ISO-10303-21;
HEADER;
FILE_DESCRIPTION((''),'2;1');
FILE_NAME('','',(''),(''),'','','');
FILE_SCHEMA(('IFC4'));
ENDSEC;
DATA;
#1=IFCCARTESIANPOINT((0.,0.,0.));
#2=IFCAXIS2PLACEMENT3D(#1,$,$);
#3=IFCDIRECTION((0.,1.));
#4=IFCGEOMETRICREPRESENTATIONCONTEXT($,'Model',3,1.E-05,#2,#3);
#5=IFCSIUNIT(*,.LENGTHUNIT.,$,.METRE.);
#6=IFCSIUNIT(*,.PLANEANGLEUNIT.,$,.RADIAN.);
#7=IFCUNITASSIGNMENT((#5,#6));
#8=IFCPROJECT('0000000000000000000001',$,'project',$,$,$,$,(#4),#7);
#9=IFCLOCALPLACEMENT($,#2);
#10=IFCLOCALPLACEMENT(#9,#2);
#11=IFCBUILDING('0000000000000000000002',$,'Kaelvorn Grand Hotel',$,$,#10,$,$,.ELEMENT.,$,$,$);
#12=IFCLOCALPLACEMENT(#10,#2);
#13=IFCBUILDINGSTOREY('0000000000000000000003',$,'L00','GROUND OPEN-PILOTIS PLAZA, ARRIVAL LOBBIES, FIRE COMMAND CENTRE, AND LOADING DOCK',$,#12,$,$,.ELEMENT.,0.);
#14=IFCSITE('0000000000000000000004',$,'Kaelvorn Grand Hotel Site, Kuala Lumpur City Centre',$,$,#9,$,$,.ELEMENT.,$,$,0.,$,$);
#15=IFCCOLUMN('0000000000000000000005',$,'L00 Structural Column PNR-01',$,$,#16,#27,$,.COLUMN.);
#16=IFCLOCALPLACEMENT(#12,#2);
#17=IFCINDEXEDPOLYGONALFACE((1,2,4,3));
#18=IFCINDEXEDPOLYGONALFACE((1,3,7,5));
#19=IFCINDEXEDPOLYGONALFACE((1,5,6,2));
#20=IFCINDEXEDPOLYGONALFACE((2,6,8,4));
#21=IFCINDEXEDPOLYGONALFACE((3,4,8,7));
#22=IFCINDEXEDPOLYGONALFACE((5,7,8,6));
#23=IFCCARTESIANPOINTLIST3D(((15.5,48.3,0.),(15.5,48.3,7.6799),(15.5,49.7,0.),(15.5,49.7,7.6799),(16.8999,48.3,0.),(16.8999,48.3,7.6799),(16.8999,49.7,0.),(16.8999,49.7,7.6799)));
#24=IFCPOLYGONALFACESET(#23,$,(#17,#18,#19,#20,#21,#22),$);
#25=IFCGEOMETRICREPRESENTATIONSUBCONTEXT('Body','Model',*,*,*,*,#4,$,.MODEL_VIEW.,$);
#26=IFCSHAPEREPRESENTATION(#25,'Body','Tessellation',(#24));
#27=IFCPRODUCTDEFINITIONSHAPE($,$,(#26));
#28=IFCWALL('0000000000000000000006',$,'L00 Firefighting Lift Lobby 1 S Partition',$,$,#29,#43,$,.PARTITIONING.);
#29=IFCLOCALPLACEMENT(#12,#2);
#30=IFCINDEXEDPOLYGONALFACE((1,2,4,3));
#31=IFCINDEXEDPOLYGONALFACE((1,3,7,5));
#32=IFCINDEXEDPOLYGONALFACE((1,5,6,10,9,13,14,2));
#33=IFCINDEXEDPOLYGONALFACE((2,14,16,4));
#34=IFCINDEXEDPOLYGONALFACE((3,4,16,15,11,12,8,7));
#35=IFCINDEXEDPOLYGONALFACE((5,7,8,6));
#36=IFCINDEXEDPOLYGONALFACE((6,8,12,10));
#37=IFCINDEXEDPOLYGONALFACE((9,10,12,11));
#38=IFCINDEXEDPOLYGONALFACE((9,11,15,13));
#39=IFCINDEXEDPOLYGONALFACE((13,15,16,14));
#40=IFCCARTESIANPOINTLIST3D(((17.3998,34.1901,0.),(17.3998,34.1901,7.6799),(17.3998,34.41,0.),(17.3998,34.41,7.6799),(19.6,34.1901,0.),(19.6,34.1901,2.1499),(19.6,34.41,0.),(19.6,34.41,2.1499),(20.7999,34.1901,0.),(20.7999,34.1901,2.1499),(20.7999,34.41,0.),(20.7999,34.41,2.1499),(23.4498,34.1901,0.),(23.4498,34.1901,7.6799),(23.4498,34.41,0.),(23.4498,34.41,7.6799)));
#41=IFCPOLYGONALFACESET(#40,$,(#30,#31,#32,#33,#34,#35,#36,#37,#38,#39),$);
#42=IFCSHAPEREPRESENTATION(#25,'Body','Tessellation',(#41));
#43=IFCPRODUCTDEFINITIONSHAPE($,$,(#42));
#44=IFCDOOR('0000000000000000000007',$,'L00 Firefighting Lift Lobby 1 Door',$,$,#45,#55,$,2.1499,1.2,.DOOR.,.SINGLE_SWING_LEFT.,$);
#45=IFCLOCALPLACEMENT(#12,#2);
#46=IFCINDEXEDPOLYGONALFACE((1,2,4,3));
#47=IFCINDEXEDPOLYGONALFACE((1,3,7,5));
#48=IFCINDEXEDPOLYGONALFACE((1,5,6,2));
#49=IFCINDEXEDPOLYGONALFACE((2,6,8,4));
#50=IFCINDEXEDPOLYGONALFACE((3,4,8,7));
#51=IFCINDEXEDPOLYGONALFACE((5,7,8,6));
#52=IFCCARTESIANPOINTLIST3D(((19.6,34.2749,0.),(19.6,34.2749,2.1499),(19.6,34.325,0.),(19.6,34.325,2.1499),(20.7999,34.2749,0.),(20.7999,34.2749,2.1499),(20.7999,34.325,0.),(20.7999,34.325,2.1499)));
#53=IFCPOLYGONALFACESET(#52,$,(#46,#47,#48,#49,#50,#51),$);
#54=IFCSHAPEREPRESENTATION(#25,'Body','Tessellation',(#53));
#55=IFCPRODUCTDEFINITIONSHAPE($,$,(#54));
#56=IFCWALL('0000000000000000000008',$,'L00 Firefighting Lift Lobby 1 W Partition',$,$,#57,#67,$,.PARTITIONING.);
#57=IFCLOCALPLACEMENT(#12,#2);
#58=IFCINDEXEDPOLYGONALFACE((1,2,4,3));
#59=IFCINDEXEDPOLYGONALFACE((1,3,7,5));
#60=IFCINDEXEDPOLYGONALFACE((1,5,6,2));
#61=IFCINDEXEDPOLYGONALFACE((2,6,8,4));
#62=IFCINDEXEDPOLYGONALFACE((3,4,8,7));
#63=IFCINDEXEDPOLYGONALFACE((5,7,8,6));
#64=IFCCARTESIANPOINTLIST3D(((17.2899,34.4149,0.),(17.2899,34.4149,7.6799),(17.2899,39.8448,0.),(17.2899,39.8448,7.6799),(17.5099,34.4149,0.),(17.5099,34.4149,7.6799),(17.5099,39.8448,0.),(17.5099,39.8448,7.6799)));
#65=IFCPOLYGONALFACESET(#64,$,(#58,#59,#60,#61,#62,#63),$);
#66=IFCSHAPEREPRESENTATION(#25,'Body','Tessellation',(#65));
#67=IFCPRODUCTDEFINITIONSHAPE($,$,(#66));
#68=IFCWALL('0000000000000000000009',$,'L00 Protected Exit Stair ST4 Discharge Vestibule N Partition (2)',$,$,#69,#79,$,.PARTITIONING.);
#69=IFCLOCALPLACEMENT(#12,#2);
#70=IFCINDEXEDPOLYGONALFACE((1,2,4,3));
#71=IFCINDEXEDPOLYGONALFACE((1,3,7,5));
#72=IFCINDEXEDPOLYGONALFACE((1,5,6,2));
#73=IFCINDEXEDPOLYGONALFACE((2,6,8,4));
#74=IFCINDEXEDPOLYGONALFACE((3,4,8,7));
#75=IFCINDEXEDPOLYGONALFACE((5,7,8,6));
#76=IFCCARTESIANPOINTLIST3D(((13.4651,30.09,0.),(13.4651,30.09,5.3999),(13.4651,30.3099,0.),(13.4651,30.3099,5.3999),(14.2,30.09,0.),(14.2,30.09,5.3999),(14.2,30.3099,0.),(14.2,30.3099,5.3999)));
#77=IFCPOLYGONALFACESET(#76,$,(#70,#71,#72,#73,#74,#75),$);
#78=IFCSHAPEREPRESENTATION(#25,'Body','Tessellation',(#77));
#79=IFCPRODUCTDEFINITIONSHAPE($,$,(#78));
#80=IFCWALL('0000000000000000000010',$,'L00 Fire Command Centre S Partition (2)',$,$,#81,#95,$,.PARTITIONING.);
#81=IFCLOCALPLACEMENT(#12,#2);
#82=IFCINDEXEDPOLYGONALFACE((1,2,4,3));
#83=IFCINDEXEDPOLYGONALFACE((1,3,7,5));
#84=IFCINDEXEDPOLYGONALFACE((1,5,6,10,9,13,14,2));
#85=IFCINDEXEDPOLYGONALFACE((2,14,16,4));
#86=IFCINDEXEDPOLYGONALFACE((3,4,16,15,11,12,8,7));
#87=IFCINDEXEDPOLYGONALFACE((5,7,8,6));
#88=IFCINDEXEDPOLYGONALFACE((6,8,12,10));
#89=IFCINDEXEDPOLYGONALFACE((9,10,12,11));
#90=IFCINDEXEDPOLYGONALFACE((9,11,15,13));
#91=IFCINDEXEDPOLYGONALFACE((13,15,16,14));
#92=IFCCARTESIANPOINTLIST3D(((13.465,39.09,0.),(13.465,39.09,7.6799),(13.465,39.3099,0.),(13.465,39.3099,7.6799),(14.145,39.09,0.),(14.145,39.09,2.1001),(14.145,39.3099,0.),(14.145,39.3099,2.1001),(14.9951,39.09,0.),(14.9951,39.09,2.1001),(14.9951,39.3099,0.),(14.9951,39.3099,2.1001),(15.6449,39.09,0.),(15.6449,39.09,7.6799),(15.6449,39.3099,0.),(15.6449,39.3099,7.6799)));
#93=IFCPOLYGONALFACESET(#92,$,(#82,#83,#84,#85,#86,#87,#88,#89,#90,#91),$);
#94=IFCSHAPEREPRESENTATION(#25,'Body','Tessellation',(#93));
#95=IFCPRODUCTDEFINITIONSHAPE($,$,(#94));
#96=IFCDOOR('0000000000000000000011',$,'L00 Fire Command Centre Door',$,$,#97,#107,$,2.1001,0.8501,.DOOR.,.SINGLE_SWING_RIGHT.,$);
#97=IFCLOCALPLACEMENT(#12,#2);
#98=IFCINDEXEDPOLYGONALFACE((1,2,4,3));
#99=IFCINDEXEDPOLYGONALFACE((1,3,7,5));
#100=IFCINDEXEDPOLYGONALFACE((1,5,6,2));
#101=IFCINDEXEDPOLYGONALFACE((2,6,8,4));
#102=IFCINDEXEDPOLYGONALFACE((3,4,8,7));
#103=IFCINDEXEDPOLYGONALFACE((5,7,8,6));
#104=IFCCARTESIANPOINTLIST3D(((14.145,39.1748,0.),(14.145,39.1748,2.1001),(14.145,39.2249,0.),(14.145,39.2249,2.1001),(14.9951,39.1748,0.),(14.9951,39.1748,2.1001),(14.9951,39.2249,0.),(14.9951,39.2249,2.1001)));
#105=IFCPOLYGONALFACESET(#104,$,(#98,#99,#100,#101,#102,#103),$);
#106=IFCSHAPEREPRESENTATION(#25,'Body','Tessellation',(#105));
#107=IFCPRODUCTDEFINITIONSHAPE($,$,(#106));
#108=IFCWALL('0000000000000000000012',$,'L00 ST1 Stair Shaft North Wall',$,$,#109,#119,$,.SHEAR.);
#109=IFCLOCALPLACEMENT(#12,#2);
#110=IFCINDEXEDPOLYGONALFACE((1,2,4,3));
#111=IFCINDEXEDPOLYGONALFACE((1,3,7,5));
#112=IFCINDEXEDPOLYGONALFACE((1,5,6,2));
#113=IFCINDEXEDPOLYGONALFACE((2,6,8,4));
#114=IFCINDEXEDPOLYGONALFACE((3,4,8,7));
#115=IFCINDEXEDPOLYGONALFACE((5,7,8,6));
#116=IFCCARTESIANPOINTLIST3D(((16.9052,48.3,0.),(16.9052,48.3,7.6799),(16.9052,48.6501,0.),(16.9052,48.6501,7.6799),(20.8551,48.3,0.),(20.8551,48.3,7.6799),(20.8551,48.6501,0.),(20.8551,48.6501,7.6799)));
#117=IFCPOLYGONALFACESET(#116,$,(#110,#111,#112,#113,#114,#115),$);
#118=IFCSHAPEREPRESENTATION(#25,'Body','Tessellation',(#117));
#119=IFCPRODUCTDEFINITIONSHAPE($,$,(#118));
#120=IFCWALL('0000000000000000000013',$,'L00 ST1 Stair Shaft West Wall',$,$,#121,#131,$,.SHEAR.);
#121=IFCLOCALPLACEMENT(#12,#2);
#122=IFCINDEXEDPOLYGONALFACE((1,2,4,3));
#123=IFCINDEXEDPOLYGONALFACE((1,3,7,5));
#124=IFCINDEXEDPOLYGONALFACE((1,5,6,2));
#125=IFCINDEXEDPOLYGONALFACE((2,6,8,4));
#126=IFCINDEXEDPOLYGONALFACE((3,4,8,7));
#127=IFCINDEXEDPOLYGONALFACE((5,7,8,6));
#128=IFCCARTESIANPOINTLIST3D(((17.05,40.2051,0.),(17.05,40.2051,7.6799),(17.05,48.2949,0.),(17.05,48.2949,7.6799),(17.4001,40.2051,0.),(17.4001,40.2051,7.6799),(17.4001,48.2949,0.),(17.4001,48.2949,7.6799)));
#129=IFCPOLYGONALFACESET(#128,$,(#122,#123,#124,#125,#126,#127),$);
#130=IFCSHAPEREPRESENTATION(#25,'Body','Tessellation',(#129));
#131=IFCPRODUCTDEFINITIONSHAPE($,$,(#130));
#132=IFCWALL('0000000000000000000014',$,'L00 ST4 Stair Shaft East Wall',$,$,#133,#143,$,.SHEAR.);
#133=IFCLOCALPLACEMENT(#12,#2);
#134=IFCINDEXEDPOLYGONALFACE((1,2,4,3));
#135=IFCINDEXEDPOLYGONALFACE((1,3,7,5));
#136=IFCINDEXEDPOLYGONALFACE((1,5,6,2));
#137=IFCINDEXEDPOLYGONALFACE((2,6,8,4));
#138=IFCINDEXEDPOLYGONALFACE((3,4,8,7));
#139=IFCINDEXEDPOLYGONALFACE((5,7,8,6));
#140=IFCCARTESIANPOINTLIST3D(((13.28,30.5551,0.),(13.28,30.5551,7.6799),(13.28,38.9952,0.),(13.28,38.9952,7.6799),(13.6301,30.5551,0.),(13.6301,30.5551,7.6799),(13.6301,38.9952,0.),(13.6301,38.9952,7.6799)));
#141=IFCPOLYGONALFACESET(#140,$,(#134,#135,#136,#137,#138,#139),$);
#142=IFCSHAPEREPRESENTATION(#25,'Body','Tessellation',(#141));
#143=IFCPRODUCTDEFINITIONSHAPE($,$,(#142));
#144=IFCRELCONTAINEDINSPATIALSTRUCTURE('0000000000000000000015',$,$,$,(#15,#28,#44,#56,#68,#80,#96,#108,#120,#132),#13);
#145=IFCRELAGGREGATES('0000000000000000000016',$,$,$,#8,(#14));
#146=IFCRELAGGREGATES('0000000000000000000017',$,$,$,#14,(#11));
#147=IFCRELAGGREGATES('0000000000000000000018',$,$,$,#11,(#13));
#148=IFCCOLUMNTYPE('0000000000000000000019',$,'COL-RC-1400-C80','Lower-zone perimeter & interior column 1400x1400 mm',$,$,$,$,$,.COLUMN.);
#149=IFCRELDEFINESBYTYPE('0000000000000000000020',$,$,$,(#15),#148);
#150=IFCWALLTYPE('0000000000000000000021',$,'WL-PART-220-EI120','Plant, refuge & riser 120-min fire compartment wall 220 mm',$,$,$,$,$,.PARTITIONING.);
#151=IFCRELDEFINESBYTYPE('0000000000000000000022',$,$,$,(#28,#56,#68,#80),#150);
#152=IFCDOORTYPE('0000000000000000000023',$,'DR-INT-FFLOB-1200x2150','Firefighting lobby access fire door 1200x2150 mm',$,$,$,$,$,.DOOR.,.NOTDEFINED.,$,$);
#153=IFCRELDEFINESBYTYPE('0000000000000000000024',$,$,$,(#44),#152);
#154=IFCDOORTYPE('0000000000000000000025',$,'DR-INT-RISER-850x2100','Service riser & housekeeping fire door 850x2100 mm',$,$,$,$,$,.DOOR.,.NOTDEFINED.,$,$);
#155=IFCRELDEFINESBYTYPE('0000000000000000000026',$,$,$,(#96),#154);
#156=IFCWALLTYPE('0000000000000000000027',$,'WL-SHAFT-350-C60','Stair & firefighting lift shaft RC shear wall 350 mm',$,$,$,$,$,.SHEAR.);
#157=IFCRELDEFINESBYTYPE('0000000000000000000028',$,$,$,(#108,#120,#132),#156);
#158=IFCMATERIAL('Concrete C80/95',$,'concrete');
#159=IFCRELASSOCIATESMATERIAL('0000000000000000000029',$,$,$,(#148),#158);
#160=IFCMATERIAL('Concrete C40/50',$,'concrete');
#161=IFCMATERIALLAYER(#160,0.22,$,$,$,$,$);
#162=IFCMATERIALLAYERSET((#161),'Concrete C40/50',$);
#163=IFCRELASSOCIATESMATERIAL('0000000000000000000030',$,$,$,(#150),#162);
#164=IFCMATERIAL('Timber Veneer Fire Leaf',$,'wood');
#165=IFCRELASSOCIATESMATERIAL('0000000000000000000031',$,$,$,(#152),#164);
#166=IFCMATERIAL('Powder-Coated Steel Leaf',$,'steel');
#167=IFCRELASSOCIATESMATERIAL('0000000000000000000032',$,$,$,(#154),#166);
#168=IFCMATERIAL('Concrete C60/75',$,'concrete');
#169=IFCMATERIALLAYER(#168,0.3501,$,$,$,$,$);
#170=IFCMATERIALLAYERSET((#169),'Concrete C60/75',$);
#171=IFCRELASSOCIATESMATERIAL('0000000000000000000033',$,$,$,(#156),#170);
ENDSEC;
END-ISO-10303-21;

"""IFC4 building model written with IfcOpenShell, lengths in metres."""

from ifc_helpers import new_model, si_unit, direction, frame, frame_2d, origin, origin_2d, place, context, subcontext, project, spatial, rectangle, extrude, material, layer, layer_set, material_profile, profile_set, type_object, element, fill, save


model = new_model("IFC4")

# Units and contexts
model_context = context("Model", 3, precision=1e-05, world=origin(), true_north=direction((0.0, 1.0)))
body_context = subcontext(model_context, "Body", "Model", "MODEL_VIEW")
ifc_project = project(units=[si_unit("LENGTHUNIT", "METRE"), si_unit("PLANEANGLEUNIT", "RADIAN")], contexts=[model_context])

# Site, building, storey
site_placement = place(None, origin())
site = spatial("IfcSite", under=ifc_project, at=site_placement, Name="Kaelvorn Grand Hotel Site, Kuala Lumpur City Centre", CompositionType="ELEMENT", RefElevation=0.0)
building_placement = place(site_placement, origin())
building = spatial("IfcBuilding", under=site, at=building_placement, Name="Kaelvorn Grand Hotel", CompositionType="ELEMENT")
storey_placement = place(building_placement, origin())
storey = spatial("IfcBuildingStorey", under=building, at=storey_placement, Name="L00", Description="GROUND OPEN-PILOTIS PLAZA, ARRIVAL LOBBIES, FIRE COMMAND CENTRE, AND LOADING DOCK", CompositionType="ELEMENT", Elevation=0.0)

# Column
ifc_material_1 = material(Name="Concrete C80/95", Category="concrete")
ifc_material_profile = material_profile(ifc_material_1, rectangle(XDim=1.3999, YDim=1.3999, at=origin_2d()), Name="RC COL 1400x1400")
ifc_profile_set = profile_set([ifc_material_profile], Name="Concrete C80/95")
column_type = type_object("IfcColumnType", Name="COL-RC-1400-C80", Description="Lower-zone perimeter & interior column 1400x1400 mm", PredefinedType="COLUMN", material=ifc_profile_set)
column_placement = place(storey_placement, frame((16.2, 49.0, 0.0), z_axis=(0.0, 0.0, 1.0), x_axis=(1.0, 0.0, 0.0)))
element("IfcColumn", 1, at=column_placement, inside=storey, type_object=column_type, Name="L00 Structural Column PNR-01", PredefinedType="COLUMN", context=body_context, shape_type="SweptSolid", body=[
    extrude(rectangle(XDim=1.3999, YDim=1.3999, at=origin_2d()), origin(), (0.0, 0.0, 1.0), 7.6799),
])

# Wall, opening, door
ifc_material_2 = material(Name="Concrete C40/50", Category="concrete")
ifc_layer_1 = layer(ifc_material_2, 0.22)
ifc_layer_set_1 = layer_set([ifc_layer_1], Name="Concrete C40/50")
wall_type_1 = type_object("IfcWallType", Name="WL-PART-220-EI120", Description="Plant, refuge & riser 120-min fire compartment wall 220 mm", PredefinedType="PARTITIONING", material=ifc_layer_set_1)
wall_1_placement = place(storey_placement, frame((17.3999, 34.3, 0.0), z_axis=(0.0, 0.0, 1.0), x_axis=(1.0, 0.0, 0.0)))
wall_1 = element("IfcWall", 2, at=wall_1_placement, inside=storey, type_object=wall_type_1, Name="L00 Firefighting Lift Lobby 1 S Partition", PredefinedType="PARTITIONING", context=body_context, shape_type="SweptSolid", body=[
    extrude(rectangle(XDim=6.05, YDim=0.22, at=frame_2d((3.0249, 0.0))), origin(), (0.0, 0.0, 1.0), 7.6799),
])
opening_1_placement = place(wall_1_placement, frame((2.2, 0.0, 0.0)))
opening_1 = element("IfcOpeningElement", 3, at=opening_1_placement, cuts=wall_1, PredefinedType="OPENING", context=body_context, shape_type="SweptSolid", body=[
    extrude(rectangle(XDim=1.2, YDim=2.1499, at=frame_2d((0.6001, 1.075))), frame((0.0, 0.1201, 0.0), z_axis=(0.0, -1.0, 0.0), x_axis=(1.0, 0.0, 0.0)), (0.0, 0.0, 1.0), 0.24),
])
ifc_material_3 = material(Name="Timber Veneer Fire Leaf", Category="wood")
door_type_1 = type_object("IfcDoorType", Name="DR-INT-FFLOB-1200x2150", Description="Firefighting lobby access fire door 1200x2150 mm", OperationType="NOTDEFINED", PredefinedType="DOOR", material=ifc_material_3)
door_1_placement = place(opening_1_placement, origin())
door_1 = element("IfcDoor", 4, at=door_1_placement, inside=storey, type_object=door_type_1, Name="L00 Firefighting Lift Lobby 1 Door", OperationType="SINGLE_SWING_LEFT", OverallHeight=2.1499, OverallWidth=1.2, PredefinedType="DOOR", context=body_context, shape_type="SweptSolid", body=[
    extrude(rectangle(XDim=1.2, YDim=2.1499, at=frame_2d((0.6001, 1.075))), frame((0.0, 0.0249, 0.0), z_axis=(0.0, -1.0, 0.0), x_axis=(1.0, 0.0, 0.0)), (0.0, 0.0, 1.0), 0.05),
])
fill(opening_1, door_1)

# Walls
wall_2_placement = place(storey_placement, frame((17.3999, 34.415, 0.0), z_axis=(0.0, 0.0, 1.0), x_axis=(0.0, 1.0, 0.0)))
element("IfcWall", 5, at=wall_2_placement, inside=storey, type_object=wall_type_1, Name="L00 Firefighting Lift Lobby 1 W Partition", PredefinedType="PARTITIONING", context=body_context, shape_type="SweptSolid", body=[
    extrude(rectangle(XDim=5.4299, YDim=0.22, at=frame_2d((2.7148, 0.0))), origin(), (0.0, 0.0, 1.0), 7.6799),
])
wall_3_placement = place(storey_placement, frame((13.4651, 30.2, 0.0), z_axis=(0.0, 0.0, 1.0), x_axis=(1.0, 0.0, 0.0)))
element("IfcWall", 6, at=wall_3_placement, inside=storey, type_object=wall_type_1, Name="L00 Protected Exit Stair ST4 Discharge Vestibule N Partition (2)", PredefinedType="PARTITIONING", context=body_context, shape_type="SweptSolid", body=[
    extrude(rectangle(XDim=0.7349, YDim=0.22, at=frame_2d((0.3674, 0.0))), origin(), (0.0, 0.0, 1.0), 5.3999),
])

# Wall, opening, door
wall_4_placement = place(storey_placement, frame((13.4651, 39.2, 0.0), z_axis=(0.0, 0.0, 1.0), x_axis=(1.0, 0.0, 0.0)))
wall_4 = element("IfcWall", 7, at=wall_4_placement, inside=storey, type_object=wall_type_1, Name="L00 Fire Command Centre S Partition (2)", PredefinedType="PARTITIONING", context=body_context, shape_type="SweptSolid", body=[
    extrude(rectangle(XDim=2.1799, YDim=0.22, at=frame_2d((1.0898, 0.0))), origin(), (0.0, 0.0, 1.0), 7.6799),
])
opening_2_placement = place(wall_4_placement, frame((0.6799, 0.0, 0.0)))
opening_2 = element("IfcOpeningElement", 8, at=opening_2_placement, cuts=wall_4, PredefinedType="OPENING", context=body_context, shape_type="SweptSolid", body=[
    extrude(rectangle(XDim=0.8501, YDim=2.1001, at=frame_2d((0.425, 1.05))), frame((0.0, 0.1201, 0.0), z_axis=(0.0, -1.0, 0.0), x_axis=(1.0, 0.0, 0.0)), (0.0, 0.0, 1.0), 0.24),
])
ifc_material_4 = material(Name="Powder-Coated Steel Leaf", Category="steel")
door_type_2 = type_object("IfcDoorType", Name="DR-INT-RISER-850x2100", Description="Service riser & housekeeping fire door 850x2100 mm", OperationType="NOTDEFINED", PredefinedType="DOOR", material=ifc_material_4)
door_2_placement = place(opening_2_placement, origin())
door_2 = element("IfcDoor", 9, at=door_2_placement, inside=storey, type_object=door_type_2, Name="L00 Fire Command Centre Door", OperationType="SINGLE_SWING_RIGHT", OverallHeight=2.1001, OverallWidth=0.8501, PredefinedType="DOOR", context=body_context, shape_type="SweptSolid", body=[
    extrude(rectangle(XDim=0.8501, YDim=2.1001, at=frame_2d((0.425, 1.05))), frame((0.0, 0.0249, 0.0), z_axis=(0.0, -1.0, 0.0), x_axis=(1.0, 0.0, 0.0)), (0.0, 0.0, 1.0), 0.05),
])
fill(opening_2, door_2)
ifc_material_5 = material(Name="Concrete C60/75", Category="concrete")
ifc_layer_2 = layer(ifc_material_5, 0.3501)
ifc_layer_set_2 = layer_set([ifc_layer_2], Name="Concrete C60/75")
wall_type_2 = type_object("IfcWallType", Name="WL-SHAFT-350-C60", Description="Stair & firefighting lift shaft RC shear wall 350 mm", PredefinedType="SHEAR", material=ifc_layer_set_2)

# Walls
wall_5_placement = place(storey_placement, frame((16.905, 48.4751, 0.0), z_axis=(0.0, 0.0, 1.0), x_axis=(1.0, 0.0, 0.0)))
element("IfcWall", 10, at=wall_5_placement, inside=storey, type_object=wall_type_2, Name="L00 ST1 Stair Shaft North Wall", PredefinedType="SHEAR", context=body_context, shape_type="SweptSolid", body=[
    extrude(rectangle(XDim=3.95, YDim=0.3501, at=frame_2d((1.9751, 0.0))), origin(), (0.0, 0.0, 1.0), 7.6799),
])
wall_6_placement = place(storey_placement, frame((17.2251, 40.2051, 0.0), z_axis=(0.0, 0.0, 1.0), x_axis=(0.0, 1.0, 0.0)))
element("IfcWall", 11, at=wall_6_placement, inside=storey, type_object=wall_type_2, Name="L00 ST1 Stair Shaft West Wall", PredefinedType="SHEAR", context=body_context, shape_type="SweptSolid", body=[
    extrude(rectangle(XDim=8.0898, YDim=0.3501, at=frame_2d((4.0449, 0.0))), origin(), (0.0, 0.0, 1.0), 7.6799),
])
wall_7_placement = place(storey_placement, frame((13.4551, 30.5549, 0.0), z_axis=(0.0, 0.0, 1.0), x_axis=(0.0, 1.0, 0.0)))
element("IfcWall", 12, at=wall_7_placement, inside=storey, type_object=wall_type_2, Name="L00 ST4 Stair Shaft East Wall", PredefinedType="SHEAR", context=body_context, shape_type="SweptSolid", body=[
    extrude(rectangle(XDim=8.4402, YDim=0.3501, at=frame_2d((4.2202, 0.0))), origin(), (0.0, 0.0, 1.0), 7.6799),
])

save(model, "model.ifc")
